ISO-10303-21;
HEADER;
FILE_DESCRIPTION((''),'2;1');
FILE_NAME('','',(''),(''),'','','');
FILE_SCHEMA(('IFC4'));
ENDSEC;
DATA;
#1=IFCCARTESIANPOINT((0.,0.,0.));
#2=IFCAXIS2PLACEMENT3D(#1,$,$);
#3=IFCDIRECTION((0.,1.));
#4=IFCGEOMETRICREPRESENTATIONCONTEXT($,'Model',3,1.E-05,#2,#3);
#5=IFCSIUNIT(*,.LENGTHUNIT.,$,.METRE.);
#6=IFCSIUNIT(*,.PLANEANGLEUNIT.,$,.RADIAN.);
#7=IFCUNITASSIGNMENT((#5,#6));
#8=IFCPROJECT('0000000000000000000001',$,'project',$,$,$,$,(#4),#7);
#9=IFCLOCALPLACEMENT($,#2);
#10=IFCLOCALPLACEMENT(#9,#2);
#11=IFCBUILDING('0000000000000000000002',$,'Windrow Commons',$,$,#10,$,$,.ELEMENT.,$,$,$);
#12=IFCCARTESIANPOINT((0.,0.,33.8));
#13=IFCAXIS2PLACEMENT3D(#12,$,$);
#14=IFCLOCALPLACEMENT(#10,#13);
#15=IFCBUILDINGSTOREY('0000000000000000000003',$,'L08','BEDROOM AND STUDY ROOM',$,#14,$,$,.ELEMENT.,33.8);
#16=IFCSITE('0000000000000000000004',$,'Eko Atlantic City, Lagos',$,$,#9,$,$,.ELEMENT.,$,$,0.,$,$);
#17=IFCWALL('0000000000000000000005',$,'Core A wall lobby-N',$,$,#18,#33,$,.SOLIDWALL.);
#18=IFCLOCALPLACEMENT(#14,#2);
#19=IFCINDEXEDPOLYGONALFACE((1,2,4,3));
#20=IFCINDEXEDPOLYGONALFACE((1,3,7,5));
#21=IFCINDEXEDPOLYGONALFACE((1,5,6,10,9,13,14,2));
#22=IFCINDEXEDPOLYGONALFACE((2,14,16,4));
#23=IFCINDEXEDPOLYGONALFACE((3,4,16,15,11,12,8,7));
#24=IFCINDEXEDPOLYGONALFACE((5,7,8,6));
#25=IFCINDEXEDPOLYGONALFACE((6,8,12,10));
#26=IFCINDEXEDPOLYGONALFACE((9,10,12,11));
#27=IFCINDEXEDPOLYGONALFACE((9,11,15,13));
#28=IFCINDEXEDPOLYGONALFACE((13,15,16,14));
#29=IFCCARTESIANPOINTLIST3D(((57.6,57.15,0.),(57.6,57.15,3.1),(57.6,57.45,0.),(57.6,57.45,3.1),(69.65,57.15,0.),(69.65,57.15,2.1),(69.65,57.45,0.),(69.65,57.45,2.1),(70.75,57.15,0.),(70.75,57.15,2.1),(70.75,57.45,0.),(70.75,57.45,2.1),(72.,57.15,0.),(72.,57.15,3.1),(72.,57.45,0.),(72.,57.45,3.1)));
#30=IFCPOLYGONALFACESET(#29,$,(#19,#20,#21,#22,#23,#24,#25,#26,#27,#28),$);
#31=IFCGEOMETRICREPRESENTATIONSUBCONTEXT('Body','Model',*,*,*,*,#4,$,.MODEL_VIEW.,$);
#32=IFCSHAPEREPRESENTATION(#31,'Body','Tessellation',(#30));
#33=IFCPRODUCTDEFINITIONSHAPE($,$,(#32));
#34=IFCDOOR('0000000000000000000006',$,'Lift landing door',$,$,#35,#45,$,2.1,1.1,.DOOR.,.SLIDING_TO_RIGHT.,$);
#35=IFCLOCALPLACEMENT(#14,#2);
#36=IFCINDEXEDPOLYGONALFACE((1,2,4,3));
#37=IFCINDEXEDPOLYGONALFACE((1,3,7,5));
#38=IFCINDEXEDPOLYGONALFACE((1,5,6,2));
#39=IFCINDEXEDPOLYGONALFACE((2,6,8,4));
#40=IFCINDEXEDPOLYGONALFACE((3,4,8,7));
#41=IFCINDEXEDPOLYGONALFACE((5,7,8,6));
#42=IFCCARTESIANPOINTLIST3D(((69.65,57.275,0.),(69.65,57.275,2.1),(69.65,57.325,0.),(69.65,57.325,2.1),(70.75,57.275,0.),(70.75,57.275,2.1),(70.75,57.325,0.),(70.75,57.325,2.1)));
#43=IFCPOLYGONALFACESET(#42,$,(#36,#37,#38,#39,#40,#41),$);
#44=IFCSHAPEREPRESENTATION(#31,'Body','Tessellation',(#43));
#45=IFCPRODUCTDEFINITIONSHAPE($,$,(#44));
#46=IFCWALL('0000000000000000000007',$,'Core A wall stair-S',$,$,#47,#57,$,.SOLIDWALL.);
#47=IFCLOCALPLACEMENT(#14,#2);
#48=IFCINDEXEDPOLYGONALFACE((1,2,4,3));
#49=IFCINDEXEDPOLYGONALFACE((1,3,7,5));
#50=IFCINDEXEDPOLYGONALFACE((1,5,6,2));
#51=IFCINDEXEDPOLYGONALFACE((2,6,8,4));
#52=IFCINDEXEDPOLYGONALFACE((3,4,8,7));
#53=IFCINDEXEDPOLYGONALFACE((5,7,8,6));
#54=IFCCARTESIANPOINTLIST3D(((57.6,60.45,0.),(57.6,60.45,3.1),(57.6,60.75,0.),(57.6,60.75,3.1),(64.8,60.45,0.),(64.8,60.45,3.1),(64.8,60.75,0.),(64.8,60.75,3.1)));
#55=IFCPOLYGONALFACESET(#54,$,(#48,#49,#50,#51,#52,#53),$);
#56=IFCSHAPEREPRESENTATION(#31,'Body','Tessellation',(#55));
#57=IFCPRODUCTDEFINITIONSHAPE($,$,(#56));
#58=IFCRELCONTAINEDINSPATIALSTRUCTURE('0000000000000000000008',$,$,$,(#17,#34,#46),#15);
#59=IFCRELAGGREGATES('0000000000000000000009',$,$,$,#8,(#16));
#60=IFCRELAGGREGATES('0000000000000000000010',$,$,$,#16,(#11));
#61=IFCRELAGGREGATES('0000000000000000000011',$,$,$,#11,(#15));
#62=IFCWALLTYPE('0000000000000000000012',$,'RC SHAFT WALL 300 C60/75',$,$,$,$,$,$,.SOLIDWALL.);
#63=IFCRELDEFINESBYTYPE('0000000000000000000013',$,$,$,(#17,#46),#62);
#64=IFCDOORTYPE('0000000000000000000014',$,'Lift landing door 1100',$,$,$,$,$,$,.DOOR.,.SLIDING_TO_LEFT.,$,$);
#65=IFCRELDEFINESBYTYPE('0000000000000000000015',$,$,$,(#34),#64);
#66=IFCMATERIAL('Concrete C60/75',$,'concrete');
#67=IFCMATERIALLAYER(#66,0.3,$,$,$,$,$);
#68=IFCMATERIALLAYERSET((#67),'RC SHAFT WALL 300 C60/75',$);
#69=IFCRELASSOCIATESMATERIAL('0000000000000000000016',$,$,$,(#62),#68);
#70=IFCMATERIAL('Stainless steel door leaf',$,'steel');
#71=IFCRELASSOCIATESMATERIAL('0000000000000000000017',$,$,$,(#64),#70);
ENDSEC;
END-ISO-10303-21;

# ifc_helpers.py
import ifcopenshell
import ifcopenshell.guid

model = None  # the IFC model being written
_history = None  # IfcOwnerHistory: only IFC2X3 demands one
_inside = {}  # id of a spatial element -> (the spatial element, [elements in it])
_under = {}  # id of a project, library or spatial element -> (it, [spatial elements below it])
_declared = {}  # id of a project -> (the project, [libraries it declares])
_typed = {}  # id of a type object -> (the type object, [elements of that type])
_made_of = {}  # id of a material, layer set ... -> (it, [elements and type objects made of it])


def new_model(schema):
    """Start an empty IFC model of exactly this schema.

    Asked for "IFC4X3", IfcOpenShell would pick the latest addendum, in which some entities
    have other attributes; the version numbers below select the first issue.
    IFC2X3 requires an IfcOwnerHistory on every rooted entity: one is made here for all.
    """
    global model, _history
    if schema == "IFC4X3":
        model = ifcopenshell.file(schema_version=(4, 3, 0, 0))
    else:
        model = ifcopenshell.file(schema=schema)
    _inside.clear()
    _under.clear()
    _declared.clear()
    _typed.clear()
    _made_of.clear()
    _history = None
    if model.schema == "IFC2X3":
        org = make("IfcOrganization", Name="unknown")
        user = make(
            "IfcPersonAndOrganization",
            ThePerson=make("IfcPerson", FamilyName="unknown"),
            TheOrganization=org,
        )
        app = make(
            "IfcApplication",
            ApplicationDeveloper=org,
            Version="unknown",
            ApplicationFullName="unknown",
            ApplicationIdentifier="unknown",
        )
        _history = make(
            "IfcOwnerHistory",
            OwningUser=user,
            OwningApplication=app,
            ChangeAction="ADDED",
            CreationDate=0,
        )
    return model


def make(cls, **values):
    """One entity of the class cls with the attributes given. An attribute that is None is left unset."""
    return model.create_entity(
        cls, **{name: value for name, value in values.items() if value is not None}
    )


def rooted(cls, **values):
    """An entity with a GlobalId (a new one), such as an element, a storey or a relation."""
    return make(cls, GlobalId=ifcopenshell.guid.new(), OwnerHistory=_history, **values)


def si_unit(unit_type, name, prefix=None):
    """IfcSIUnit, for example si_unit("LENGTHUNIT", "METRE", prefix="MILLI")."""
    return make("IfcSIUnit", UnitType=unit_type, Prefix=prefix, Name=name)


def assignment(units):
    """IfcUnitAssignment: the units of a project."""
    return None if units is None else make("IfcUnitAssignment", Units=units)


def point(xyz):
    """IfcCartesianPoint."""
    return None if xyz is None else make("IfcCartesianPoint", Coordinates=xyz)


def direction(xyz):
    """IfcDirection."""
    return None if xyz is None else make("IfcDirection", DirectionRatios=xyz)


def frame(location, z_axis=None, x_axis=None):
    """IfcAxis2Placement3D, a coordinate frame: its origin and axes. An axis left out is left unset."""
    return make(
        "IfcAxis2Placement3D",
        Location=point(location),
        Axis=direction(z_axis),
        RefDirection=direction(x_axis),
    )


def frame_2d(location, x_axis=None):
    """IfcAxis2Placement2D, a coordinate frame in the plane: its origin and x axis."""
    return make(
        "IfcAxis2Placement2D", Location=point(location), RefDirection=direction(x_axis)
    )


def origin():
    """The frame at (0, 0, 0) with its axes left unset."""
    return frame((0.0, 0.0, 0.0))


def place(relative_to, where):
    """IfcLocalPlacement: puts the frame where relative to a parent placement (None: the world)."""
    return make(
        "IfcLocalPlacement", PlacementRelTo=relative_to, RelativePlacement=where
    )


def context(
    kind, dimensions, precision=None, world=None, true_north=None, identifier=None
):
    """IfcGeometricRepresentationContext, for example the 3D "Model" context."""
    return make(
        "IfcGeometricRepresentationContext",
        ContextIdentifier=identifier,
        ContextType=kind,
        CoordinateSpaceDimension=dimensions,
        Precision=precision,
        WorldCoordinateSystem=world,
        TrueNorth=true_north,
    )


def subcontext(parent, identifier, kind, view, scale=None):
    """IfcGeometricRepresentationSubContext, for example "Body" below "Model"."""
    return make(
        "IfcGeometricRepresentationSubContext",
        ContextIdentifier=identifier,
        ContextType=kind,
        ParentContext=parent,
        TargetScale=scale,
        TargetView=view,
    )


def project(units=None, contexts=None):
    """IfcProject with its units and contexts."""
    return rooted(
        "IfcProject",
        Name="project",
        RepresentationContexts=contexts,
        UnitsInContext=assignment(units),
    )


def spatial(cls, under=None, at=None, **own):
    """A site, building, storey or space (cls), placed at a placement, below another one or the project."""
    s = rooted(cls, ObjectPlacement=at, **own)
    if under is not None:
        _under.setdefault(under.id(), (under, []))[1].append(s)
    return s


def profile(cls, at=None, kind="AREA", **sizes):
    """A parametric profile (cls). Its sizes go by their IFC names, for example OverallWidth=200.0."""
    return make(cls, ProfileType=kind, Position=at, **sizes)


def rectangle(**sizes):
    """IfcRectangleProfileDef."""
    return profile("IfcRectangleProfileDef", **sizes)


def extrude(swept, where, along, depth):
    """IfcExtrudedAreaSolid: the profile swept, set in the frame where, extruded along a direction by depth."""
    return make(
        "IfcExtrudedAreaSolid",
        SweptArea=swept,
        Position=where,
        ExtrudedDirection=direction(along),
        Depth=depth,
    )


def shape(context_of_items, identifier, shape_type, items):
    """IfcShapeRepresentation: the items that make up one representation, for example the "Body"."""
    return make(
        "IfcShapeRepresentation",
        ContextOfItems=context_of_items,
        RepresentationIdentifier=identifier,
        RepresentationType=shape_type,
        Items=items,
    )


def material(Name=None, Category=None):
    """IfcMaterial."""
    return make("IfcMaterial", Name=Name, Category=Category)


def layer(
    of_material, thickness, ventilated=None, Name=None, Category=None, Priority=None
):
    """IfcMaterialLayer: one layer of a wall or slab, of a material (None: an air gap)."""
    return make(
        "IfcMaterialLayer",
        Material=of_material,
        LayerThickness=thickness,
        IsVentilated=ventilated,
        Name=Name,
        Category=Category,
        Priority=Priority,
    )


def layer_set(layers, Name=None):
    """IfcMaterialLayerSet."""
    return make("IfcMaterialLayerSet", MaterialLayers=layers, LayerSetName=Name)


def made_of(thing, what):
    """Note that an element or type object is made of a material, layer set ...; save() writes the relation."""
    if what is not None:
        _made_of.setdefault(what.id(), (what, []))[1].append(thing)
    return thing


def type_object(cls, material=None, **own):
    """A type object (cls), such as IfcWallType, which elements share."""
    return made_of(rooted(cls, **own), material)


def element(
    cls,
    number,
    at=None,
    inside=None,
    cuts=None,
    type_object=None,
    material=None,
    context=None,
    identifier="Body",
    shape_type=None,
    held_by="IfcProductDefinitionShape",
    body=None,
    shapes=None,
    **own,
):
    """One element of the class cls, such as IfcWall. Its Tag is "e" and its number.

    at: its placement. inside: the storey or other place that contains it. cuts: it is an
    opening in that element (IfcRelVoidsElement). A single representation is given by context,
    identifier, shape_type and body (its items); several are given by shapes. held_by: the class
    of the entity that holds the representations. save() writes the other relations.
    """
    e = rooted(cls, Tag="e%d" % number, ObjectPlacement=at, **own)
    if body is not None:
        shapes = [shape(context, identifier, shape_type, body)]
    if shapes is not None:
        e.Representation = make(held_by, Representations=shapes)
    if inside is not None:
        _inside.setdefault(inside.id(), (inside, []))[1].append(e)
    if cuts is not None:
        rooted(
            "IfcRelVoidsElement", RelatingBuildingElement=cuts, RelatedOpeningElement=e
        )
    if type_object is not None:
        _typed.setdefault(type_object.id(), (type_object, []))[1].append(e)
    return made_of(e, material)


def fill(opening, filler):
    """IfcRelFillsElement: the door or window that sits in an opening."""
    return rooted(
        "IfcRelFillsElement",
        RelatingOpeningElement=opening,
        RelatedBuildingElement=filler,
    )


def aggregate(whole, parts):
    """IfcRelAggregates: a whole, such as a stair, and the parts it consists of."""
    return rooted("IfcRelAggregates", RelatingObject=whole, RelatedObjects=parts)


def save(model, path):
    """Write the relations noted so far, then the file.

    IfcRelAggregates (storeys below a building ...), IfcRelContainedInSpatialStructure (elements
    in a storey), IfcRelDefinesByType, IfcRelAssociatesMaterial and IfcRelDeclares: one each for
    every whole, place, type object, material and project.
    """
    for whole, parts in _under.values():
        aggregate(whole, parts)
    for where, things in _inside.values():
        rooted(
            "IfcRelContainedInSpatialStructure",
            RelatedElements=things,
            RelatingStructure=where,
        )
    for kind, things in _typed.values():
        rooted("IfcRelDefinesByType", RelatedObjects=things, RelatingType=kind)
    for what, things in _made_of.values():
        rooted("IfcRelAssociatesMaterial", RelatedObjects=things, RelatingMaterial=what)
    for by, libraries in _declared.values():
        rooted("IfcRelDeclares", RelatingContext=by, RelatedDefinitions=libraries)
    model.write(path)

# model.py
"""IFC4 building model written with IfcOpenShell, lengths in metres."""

from ifc_helpers import new_model, si_unit, direction, frame, frame_2d, origin, place, context, subcontext, project, spatial, rectangle, extrude, material, layer, layer_set, type_object, element, fill, save


model = new_model("IFC4")

# Units and contexts
model_context = context("Model", 3, precision=1e-05, world=origin(), true_north=direction((0.0, 1.0)))
body_context = subcontext(model_context, "Body", "Model", "MODEL_VIEW")
ifc_project = project(units=[si_unit("LENGTHUNIT", "METRE"), si_unit("PLANEANGLEUNIT", "RADIAN")], contexts=[model_context])

# Site, building, storey
site_placement = place(None, origin())
site = spatial("IfcSite", under=ifc_project, at=site_placement, Name="Eko Atlantic City, Lagos", CompositionType="ELEMENT", RefElevation=0.0)
building_placement = place(site_placement, origin())
building = spatial("IfcBuilding", under=site, at=building_placement, Name="Windrow Commons", CompositionType="ELEMENT")
storey_placement = place(building_placement, frame((0.0, 0.0, 33.8)))
storey = spatial("IfcBuildingStorey", under=building, at=storey_placement, Name="L08", Description="BEDROOM AND STUDY ROOM", CompositionType="ELEMENT", Elevation=33.8)

# Shared definitions
ifc_material_1 = material(Name="Concrete C60/75", Category="concrete")
ifc_layer_1 = layer(ifc_material_1, 0.3)
ifc_layer_set_1 = layer_set([ifc_layer_1], Name="RC SHAFT WALL 300 C60/75")
wall_type_1 = type_object("IfcWallType", Name="RC SHAFT WALL 300 C60/75", PredefinedType="SOLIDWALL", material=ifc_layer_set_1)

# Shared definitions
ifc_material_2 = material(Name="Stainless steel door leaf", Category="steel")
door_type_1 = type_object("IfcDoorType", Name="Lift landing door 1100", OperationType="SLIDING_TO_LEFT", PredefinedType="DOOR", material=ifc_material_2)

# Wall, opening, door
wall_1_placement = place(storey_placement, frame((57.6, 57.3, 0.0), z_axis=(0.0, 0.0, 1.0), x_axis=(1.0, 0.0, 0.0)))
wall_1 = element("IfcWall", 1, at=wall_1_placement, inside=storey, type_object=wall_type_1, Name="Core A wall lobby-N", PredefinedType="SOLIDWALL", context=body_context, shape_type="SweptSolid", body=[
    extrude(rectangle(XDim=14.4, YDim=0.3, at=frame_2d((7.2, 0.0))), origin(), (0.0, 0.0, 1.0), 3.1),
])
opening_1_placement = place(wall_1_placement, frame((12.05, 0.0, 0.0)))
opening_1 = element("IfcOpeningElement", 2, at=opening_1_placement, cuts=wall_1, PredefinedType="OPENING", context=body_context, shape_type="SweptSolid", body=[
    extrude(rectangle(XDim=1.1, YDim=2.1, at=frame_2d((0.55, 1.05))), frame((0.0, 0.16, 0.0), z_axis=(0.0, -1.0, 0.0), x_axis=(1.0, 0.0, 0.0)), (0.0, 0.0, 1.0), 0.32),
])
door_1_placement = place(opening_1_placement, origin())
door_1 = element("IfcDoor", 3, at=door_1_placement, inside=storey, type_object=door_type_1, Name="Lift landing door", OperationType="SLIDING_TO_RIGHT", OverallHeight=2.1, OverallWidth=1.1, PredefinedType="DOOR", context=body_context, shape_type="SweptSolid", body=[
    extrude(rectangle(XDim=1.1, YDim=2.1, at=frame_2d((0.55, 1.05))), frame((0.0, 0.025, 0.0), z_axis=(0.0, -1.0, 0.0), x_axis=(1.0, 0.0, 0.0)), (0.0, 0.0, 1.0), 0.05),
])
fill(opening_1, door_1)

# Wall
wall_2_placement = place(storey_placement, frame((57.6, 60.6, 0.0), z_axis=(0.0, 0.0, 1.0), x_axis=(1.0, 0.0, 0.0)))
element("IfcWall", 4, at=wall_2_placement, inside=storey, type_object=wall_type_1, Name="Core A wall stair-S", PredefinedType="SOLIDWALL", context=body_context, shape_type="SweptSolid", body=[
    extrude(rectangle(XDim=7.2, YDim=0.3, at=frame_2d((3.6, 0.0))), origin(), (0.0, 0.0, 1.0), 3.1),
])

save(model, "model.ifc")
